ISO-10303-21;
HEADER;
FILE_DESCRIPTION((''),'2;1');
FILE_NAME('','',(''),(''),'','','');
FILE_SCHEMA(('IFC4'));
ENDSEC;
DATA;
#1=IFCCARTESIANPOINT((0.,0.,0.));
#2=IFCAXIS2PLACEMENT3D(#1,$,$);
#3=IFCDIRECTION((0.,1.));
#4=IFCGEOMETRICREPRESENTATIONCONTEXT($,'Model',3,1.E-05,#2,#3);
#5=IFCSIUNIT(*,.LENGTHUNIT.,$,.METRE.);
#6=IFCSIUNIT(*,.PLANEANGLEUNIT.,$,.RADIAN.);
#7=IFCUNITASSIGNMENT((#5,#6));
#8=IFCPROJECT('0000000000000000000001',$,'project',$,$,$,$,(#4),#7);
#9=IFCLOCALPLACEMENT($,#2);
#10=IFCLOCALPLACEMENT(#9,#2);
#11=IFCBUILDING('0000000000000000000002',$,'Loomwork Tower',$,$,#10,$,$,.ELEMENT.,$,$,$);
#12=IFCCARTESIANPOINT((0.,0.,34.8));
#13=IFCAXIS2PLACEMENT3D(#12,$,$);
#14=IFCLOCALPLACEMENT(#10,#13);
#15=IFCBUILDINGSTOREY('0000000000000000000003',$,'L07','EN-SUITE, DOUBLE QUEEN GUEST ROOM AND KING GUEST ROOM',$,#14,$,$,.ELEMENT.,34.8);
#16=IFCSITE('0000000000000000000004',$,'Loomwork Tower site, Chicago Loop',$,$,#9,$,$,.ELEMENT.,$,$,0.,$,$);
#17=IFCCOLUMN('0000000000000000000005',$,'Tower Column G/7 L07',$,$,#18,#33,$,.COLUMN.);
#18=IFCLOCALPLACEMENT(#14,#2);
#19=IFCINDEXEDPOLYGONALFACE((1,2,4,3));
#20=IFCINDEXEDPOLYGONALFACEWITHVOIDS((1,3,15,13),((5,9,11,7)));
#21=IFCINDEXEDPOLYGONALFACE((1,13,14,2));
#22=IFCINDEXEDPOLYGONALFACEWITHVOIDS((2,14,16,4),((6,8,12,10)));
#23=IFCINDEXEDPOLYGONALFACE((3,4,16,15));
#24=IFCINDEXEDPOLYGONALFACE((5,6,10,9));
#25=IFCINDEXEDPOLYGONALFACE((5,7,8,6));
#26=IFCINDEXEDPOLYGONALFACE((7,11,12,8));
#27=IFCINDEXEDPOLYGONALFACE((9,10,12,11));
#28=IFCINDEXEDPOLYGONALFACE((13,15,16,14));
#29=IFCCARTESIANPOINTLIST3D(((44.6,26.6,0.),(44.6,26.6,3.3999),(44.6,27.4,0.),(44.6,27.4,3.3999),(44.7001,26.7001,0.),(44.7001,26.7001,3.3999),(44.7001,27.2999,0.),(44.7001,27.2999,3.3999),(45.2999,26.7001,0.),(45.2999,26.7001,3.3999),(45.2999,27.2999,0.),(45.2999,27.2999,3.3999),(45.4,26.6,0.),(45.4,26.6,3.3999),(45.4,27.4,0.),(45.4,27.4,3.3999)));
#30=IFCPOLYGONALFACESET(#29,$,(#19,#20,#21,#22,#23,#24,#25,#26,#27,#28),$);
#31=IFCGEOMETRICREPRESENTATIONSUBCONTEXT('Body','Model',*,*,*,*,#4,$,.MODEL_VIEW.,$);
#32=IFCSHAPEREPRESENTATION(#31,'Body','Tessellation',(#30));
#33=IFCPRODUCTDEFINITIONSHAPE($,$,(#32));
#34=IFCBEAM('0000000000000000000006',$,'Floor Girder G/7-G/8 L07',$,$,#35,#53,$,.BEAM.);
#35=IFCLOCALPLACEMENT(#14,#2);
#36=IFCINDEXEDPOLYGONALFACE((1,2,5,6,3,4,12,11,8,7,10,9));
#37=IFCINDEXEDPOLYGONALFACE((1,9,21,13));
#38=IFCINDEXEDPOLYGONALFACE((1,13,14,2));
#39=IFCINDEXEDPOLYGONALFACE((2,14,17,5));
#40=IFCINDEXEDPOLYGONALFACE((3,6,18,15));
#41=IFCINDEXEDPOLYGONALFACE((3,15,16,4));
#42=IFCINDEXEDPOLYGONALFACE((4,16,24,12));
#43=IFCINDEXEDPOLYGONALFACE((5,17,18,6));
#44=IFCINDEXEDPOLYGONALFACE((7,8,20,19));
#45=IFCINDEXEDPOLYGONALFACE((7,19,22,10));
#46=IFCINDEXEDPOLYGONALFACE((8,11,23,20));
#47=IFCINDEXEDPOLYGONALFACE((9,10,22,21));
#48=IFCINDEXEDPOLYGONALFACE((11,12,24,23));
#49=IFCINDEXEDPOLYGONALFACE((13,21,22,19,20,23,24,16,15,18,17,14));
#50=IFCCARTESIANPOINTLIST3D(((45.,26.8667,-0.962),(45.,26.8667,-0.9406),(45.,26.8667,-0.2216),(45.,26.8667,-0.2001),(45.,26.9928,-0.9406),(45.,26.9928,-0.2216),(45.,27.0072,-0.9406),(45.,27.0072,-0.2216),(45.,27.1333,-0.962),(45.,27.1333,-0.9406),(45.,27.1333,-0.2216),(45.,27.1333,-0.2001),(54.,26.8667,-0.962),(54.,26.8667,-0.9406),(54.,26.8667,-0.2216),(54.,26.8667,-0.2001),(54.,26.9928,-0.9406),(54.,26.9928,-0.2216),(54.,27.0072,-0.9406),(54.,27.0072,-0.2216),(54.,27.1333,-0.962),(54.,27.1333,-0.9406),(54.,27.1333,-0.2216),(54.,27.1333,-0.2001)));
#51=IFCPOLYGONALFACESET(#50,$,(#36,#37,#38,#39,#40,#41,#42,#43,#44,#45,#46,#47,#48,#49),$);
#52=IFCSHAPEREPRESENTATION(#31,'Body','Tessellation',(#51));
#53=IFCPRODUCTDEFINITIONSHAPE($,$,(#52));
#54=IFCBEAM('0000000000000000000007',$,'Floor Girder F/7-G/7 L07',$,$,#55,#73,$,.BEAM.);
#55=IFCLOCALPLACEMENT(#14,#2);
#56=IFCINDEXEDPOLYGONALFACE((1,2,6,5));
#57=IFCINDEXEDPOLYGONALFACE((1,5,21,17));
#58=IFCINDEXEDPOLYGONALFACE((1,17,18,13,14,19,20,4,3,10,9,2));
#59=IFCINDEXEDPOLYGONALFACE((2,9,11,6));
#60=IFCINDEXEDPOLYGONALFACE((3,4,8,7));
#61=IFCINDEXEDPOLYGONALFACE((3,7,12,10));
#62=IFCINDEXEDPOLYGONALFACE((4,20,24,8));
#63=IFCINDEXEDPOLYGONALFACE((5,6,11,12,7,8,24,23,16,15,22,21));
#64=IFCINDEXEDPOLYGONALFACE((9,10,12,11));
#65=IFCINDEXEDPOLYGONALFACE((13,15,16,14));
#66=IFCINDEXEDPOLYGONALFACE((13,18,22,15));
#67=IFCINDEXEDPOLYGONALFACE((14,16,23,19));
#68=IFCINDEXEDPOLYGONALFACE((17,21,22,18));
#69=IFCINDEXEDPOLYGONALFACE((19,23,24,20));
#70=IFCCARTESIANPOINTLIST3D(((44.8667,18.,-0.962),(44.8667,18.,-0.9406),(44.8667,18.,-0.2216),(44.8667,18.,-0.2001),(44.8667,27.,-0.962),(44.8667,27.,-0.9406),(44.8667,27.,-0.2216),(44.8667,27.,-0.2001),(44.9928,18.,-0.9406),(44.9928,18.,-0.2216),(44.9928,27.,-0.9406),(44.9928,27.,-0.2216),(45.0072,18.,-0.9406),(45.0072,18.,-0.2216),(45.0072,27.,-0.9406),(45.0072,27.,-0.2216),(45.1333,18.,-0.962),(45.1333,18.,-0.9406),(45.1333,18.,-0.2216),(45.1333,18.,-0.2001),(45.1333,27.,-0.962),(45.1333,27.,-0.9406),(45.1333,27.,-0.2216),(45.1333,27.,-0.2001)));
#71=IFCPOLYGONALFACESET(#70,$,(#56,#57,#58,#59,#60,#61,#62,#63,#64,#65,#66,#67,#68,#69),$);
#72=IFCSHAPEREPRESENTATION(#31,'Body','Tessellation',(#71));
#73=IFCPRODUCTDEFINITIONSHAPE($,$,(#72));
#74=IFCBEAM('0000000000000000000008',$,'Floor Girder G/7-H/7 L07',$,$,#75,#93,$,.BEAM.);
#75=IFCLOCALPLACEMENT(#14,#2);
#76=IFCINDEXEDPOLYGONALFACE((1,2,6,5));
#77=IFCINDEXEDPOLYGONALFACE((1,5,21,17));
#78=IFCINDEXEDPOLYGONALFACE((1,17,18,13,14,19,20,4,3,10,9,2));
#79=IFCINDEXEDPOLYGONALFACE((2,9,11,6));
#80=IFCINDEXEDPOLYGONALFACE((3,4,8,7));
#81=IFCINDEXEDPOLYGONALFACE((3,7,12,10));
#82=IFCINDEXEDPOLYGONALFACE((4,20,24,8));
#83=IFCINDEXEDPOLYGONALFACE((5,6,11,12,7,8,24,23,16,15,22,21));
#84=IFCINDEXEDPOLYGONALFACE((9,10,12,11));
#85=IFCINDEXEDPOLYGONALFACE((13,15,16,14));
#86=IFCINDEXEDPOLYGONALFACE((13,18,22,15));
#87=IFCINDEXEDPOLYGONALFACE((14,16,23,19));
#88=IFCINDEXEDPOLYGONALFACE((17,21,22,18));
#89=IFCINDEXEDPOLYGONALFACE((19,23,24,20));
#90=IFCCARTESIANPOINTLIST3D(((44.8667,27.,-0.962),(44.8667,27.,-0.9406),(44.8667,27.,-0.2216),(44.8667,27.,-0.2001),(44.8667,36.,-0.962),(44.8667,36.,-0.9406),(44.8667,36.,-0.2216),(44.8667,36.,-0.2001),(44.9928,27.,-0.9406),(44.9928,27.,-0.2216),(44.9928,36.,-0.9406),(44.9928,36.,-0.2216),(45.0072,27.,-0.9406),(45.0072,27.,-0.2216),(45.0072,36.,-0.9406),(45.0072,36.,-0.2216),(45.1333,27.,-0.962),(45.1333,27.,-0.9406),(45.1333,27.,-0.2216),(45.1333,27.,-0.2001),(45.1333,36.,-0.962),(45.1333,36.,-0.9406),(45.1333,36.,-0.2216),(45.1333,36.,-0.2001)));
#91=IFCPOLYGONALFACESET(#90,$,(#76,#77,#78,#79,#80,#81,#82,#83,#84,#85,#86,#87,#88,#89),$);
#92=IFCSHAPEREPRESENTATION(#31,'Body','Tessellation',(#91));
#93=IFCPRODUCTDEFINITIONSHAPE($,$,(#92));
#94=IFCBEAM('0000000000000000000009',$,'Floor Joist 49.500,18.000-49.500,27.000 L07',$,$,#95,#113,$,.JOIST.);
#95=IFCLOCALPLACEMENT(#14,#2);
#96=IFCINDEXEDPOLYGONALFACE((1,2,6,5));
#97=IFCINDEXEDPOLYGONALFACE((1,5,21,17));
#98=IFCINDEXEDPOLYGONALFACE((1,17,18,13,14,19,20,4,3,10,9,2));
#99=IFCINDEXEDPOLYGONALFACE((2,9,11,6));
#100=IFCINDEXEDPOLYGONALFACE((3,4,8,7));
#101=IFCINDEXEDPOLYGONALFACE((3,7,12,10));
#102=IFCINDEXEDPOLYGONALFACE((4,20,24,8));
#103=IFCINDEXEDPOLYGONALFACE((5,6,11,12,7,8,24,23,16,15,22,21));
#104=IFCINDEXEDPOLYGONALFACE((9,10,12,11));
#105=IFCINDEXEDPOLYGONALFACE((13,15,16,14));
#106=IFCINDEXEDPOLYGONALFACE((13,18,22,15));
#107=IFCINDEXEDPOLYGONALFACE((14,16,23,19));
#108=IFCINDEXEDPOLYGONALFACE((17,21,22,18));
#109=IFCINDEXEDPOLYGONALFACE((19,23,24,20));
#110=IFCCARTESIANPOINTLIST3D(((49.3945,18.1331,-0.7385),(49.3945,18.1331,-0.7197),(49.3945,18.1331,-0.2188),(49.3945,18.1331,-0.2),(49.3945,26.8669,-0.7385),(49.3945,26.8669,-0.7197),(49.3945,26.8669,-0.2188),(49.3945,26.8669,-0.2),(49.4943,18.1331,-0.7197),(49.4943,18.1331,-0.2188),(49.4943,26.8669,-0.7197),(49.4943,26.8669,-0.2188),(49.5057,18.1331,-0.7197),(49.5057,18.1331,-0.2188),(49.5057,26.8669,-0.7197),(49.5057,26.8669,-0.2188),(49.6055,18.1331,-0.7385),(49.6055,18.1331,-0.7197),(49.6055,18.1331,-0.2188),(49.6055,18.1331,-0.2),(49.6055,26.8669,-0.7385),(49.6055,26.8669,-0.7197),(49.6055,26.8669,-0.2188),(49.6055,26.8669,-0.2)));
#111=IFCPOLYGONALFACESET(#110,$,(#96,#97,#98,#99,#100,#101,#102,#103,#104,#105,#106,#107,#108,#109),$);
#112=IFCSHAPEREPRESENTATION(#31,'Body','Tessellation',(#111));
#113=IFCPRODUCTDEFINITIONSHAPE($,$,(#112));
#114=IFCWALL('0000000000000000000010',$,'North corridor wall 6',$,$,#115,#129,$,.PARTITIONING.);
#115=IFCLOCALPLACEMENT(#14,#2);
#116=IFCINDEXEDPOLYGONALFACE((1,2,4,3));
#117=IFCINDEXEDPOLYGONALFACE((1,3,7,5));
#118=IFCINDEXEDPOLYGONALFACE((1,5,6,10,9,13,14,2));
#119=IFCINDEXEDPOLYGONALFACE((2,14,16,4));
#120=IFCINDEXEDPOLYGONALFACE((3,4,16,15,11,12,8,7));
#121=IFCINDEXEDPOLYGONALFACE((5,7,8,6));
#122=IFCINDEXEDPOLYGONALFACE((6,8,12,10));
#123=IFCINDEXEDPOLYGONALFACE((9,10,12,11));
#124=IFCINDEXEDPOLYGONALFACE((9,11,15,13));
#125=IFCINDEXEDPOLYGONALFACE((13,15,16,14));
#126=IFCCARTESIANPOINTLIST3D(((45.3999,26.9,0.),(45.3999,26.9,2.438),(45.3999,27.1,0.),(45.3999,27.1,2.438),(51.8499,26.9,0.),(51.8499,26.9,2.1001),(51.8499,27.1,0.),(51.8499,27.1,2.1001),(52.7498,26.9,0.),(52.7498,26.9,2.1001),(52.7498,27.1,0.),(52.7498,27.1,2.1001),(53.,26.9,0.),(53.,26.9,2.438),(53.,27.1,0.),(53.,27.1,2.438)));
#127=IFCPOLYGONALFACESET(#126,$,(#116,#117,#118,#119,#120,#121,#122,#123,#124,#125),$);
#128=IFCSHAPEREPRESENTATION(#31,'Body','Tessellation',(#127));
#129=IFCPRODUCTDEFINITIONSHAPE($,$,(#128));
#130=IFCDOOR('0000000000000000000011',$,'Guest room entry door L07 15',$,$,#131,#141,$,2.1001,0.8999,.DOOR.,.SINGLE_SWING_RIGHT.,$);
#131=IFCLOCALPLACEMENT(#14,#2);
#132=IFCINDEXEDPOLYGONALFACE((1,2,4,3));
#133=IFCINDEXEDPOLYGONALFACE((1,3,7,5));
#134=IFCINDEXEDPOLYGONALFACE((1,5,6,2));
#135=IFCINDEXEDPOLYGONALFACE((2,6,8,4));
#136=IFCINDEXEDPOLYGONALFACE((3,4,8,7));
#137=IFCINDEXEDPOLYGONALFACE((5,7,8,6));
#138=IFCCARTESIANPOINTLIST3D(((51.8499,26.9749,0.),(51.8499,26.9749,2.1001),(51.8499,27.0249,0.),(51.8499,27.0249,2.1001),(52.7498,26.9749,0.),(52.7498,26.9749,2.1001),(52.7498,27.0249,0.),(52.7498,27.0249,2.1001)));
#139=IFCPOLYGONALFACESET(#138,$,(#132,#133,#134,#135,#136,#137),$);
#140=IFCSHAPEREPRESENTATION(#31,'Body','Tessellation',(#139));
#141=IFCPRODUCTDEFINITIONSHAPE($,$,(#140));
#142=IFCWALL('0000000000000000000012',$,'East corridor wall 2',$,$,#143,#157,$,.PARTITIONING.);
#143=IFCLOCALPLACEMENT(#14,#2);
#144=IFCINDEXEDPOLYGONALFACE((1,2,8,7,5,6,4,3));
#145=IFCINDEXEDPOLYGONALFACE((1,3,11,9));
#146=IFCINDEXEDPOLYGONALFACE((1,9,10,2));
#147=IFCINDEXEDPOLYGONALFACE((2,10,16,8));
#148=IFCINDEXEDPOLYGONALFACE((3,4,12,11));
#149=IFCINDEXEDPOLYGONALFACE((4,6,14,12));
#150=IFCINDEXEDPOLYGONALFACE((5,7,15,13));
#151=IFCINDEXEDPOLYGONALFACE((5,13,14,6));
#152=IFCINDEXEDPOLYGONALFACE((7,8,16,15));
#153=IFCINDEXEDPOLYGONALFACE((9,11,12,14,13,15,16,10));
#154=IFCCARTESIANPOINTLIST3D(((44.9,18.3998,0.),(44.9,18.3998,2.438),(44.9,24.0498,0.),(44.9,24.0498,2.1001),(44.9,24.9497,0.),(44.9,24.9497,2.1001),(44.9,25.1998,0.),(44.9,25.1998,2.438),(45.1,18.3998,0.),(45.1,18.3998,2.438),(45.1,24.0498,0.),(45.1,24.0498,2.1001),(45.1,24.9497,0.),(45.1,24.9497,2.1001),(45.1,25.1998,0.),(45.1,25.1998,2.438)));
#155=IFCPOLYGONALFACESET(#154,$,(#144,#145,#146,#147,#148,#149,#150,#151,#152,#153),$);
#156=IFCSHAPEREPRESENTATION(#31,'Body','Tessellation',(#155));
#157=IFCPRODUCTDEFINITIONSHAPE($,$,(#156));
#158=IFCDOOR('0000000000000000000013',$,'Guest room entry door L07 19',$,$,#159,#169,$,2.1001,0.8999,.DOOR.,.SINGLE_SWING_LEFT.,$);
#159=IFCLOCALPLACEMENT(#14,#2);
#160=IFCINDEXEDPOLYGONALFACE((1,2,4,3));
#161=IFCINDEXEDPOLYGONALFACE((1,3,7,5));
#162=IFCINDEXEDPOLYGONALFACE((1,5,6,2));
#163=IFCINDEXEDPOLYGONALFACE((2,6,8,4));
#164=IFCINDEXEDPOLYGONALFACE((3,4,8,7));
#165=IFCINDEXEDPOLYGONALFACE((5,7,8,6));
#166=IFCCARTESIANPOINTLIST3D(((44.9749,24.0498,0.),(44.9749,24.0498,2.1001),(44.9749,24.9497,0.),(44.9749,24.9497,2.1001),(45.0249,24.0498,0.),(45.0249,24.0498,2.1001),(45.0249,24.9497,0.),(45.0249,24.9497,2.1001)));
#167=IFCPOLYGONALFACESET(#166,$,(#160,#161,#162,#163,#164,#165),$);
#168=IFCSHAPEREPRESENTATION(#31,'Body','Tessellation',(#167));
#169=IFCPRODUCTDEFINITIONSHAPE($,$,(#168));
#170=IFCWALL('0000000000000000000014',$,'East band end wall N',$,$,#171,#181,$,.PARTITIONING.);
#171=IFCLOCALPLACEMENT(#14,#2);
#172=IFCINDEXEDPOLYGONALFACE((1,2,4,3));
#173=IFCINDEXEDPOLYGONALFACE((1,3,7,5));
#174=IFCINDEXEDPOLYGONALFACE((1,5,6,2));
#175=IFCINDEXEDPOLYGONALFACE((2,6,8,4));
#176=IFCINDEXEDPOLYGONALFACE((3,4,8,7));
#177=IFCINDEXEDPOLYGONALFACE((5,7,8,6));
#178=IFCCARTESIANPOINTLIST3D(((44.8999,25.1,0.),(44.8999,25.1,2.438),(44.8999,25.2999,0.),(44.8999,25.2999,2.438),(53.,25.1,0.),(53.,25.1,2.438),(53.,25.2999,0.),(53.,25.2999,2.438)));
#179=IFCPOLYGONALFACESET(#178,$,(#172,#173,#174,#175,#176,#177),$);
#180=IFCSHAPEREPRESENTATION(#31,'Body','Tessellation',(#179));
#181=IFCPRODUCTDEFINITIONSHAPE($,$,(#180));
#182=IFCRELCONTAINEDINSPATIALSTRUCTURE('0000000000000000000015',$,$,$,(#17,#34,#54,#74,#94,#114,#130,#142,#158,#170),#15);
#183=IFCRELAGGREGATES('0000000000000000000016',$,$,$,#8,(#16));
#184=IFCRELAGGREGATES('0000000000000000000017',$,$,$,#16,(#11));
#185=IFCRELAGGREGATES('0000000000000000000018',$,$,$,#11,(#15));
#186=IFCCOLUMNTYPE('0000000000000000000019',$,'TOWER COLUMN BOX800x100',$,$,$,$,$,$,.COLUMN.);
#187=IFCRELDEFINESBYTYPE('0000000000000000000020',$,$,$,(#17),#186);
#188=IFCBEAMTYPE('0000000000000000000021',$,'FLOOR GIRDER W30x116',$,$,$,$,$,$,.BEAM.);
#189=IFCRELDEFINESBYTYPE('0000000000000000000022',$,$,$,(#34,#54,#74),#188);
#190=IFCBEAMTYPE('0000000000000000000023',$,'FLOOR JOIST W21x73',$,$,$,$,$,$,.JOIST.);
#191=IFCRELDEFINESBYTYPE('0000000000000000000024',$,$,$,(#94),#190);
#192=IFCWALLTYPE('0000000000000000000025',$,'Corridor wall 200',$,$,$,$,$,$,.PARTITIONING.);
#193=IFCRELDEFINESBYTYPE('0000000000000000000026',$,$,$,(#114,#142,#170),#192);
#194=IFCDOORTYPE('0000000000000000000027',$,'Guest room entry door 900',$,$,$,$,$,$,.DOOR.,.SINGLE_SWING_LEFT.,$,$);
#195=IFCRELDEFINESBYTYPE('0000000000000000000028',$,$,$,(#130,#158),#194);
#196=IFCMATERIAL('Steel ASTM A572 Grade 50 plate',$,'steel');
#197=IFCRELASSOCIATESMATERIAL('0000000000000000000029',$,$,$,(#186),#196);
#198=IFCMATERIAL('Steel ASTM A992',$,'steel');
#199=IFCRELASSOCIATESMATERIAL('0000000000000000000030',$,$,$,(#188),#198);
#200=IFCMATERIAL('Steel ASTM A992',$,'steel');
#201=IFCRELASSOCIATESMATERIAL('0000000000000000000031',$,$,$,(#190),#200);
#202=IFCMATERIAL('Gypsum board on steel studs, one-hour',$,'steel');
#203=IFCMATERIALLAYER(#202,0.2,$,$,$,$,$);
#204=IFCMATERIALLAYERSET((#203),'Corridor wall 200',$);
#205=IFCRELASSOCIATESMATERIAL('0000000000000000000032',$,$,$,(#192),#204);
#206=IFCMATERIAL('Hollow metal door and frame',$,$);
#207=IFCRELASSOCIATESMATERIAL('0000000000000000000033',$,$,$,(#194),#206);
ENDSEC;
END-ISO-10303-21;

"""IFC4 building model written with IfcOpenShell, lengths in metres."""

from ifc_helpers import new_model, si_unit, direction, frame, frame_2d, origin, origin_2d, place, context, subcontext, project, spatial, rectangle, hollow_rectangle, i_section, extrude, material, layer, layer_set, material_profile, profile_set, type_object, element, fill, save


model = new_model("IFC4")

# Units and contexts
model_context = context("Model", 3, precision=1e-05, world=origin(), true_north=direction((0.0, 1.0)))
body_context = subcontext(model_context, "Body", "Model", "MODEL_VIEW")
ifc_project = project(units=[si_unit("LENGTHUNIT", "METRE"), si_unit("PLANEANGLEUNIT", "RADIAN")], contexts=[model_context])

# Site, building, storey
site_placement = place(None, origin())
site = spatial("IfcSite", under=ifc_project, at=site_placement, Name="Loomwork Tower site, Chicago Loop", CompositionType="ELEMENT", RefElevation=0.0)
building_placement = place(site_placement, origin())
building = spatial("IfcBuilding", under=site, at=building_placement, Name="Loomwork Tower", CompositionType="ELEMENT")
storey_placement = place(building_placement, frame((0.0, 0.0, 34.8)))
storey = spatial("IfcBuildingStorey", under=building, at=storey_placement, Name="L07", Description="EN-SUITE, DOUBLE QUEEN GUEST ROOM AND KING GUEST ROOM", CompositionType="ELEMENT", Elevation=34.8)

# Column
ifc_material_1 = material(Name="Steel ASTM A572 Grade 50 plate", Category="steel")
ifc_material_profile_1 = material_profile(ifc_material_1, hollow_rectangle(XDim=0.8, YDim=0.8, WallThickness=0.1001, at=origin_2d()), Name="BOX800x100")
ifc_profile_set_1 = profile_set([ifc_material_profile_1], Name="Steel ASTM A572 Grade 50 plate")
column_type = type_object("IfcColumnType", Name="TOWER COLUMN BOX800x100", PredefinedType="COLUMN", material=ifc_profile_set_1)
column_placement = place(storey_placement, frame((45.0, 27.0, 0.0), z_axis=(0.0, 0.0, 1.0), x_axis=(0.0, 1.0, 0.0)))
element("IfcColumn", 1, at=column_placement, inside=storey, type_object=column_type, Name="Tower Column G/7 L07", PredefinedType="COLUMN", context=body_context, shape_type="SweptSolid", body=[
    extrude(hollow_rectangle(XDim=0.8, YDim=0.8, WallThickness=0.1001, at=origin_2d()), origin(), (0.0, 0.0, 1.0), 3.3999),
])

# Beams
ifc_material_2 = material(Name="Steel ASTM A992", Category="steel")
ifc_material_profile_2 = material_profile(ifc_material_2, i_section(OverallWidth=0.2666, OverallDepth=0.762, WebThickness=0.0144, FlangeThickness=0.0215, at=origin_2d()), Name="W30x116")
ifc_profile_set_2 = profile_set([ifc_material_profile_2], Name="Steel ASTM A992")
beam_type_1 = type_object("IfcBeamType", Name="FLOOR GIRDER W30x116", PredefinedType="BEAM", material=ifc_profile_set_2)
for number, where, z_axis, x_axis, name in (
    (2, (45.0, 27.0, -0.5811), (1.0, 0.0, 0.0), (0.0, 1.0, 0.0), "Floor Girder G/7-G/8 L07"),
    (3, (45.0, 18.0, -0.5811), (0.0, 1.0, 0.0), (-1.0, 0.0, 0.0), "Floor Girder F/7-G/7 L07"),
    (4, (45.0, 27.0, -0.5811), (0.0, 1.0, 0.0), (-1.0, 0.0, 0.0), "Floor Girder G/7-H/7 L07"),
):
    element("IfcBeam", number, at=place(storey_placement, frame(where, z_axis=z_axis, x_axis=x_axis)), inside=storey, type_object=beam_type_1, Name=name, PredefinedType="BEAM", context=body_context, shape_type="SweptSolid", body=[
        extrude(i_section(OverallWidth=0.2666, OverallDepth=0.762, WebThickness=0.0144, FlangeThickness=0.0215, at=origin_2d()), origin(), (0.0, 0.0, 1.0), 9.0),
    ])
ifc_material_3 = material(Name="Steel ASTM A992", Category="steel")
ifc_material_profile_3 = material_profile(ifc_material_3, i_section(OverallWidth=0.2109, OverallDepth=0.5386, WebThickness=0.0115, FlangeThickness=0.0188, at=origin_2d()), Name="W21x73")
ifc_profile_set_3 = profile_set([ifc_material_profile_3], Name="Steel ASTM A992")
beam_type_2 = type_object("IfcBeamType", Name="FLOOR JOIST W21x73", PredefinedType="JOIST", material=ifc_profile_set_3)
beam_placement = place(storey_placement, frame((49.5, 18.1331, -0.4692), z_axis=(0.0, 1.0, 0.0), x_axis=(-1.0, 0.0, 0.0)))
element("IfcBeam", 5, at=beam_placement, inside=storey, type_object=beam_type_2, Name="Floor Joist 49.500,18.000-49.500,27.000 L07", PredefinedType="JOIST", context=body_context, shape_type="SweptSolid", body=[
    extrude(i_section(OverallWidth=0.2109, OverallDepth=0.5386, WebThickness=0.0115, FlangeThickness=0.0188, at=origin_2d()), origin(), (0.0, 0.0, 1.0), 8.7339),
])

# Walls, openings, doors
ifc_material_4 = material(Name="Gypsum board on steel studs, one-hour", Category="steel")
ifc_layer_1 = layer(ifc_material_4, 0.2)
ifc_layer_set_1 = layer_set([ifc_layer_1], Name="Corridor wall 200")
wall_type_1 = type_object("IfcWallType", Name="Corridor wall 200", PredefinedType="PARTITIONING", material=ifc_layer_set_1)
wall_1_placement = place(storey_placement, frame((45.3999, 27.0, 0.0), z_axis=(0.0, 0.0, 1.0), x_axis=(1.0, 0.0, 0.0)))
wall_1 = element("IfcWall", 6, at=wall_1_placement, inside=storey, type_object=wall_type_1, Name="North corridor wall 6", PredefinedType="PARTITIONING", context=body_context, shape_type="SweptSolid", body=[
    extrude(rectangle(XDim=7.6001, YDim=0.2, at=frame_2d((3.8, 0.0))), origin(), (0.0, 0.0, 1.0), 2.438),
])
opening_1_placement = place(wall_1_placement, frame((6.45, 0.0, 0.0)))
opening_1 = element("IfcOpeningElement", 7, at=opening_1_placement, cuts=wall_1, PredefinedType="OPENING", context=body_context, shape_type="SweptSolid", body=[
    extrude(rectangle(XDim=0.8999, YDim=2.1001, at=frame_2d((0.45, 1.05))), frame((0.0, 0.1099, 0.0), z_axis=(0.0, -1.0, 0.0), x_axis=(1.0, 0.0, 0.0)), (0.0, 0.0, 1.0), 0.22),
])
ifc_material_5 = material(Name="Hollow metal door and frame")
door_type_1 = type_object("IfcDoorType", Name="Guest room entry door 900", OperationType="SINGLE_SWING_LEFT", PredefinedType="DOOR", material=ifc_material_5)
door_1_placement = place(opening_1_placement, origin())
door_1 = element("IfcDoor", 8, at=door_1_placement, inside=storey, type_object=door_type_1, Name="Guest room entry door L07 15", OperationType="SINGLE_SWING_RIGHT", OverallHeight=2.1001, OverallWidth=0.8999, PredefinedType="DOOR", context=body_context, shape_type="SweptSolid", body=[
    extrude(rectangle(XDim=0.8999, YDim=2.1001, at=frame_2d((0.45, 1.05))), frame((0.0, 0.0249, 0.0), z_axis=(0.0, -1.0, 0.0), x_axis=(1.0, 0.0, 0.0)), (0.0, 0.0, 1.0), 0.05),
])
fill(opening_1, door_1)
wall_2_placement = place(storey_placement, frame((45.0, 18.3999, 0.0), z_axis=(0.0, 0.0, 1.0), x_axis=(0.0, 1.0, 0.0)))
wall_2 = element("IfcWall", 9, at=wall_2_placement, inside=storey, type_object=wall_type_1, Name="East corridor wall 2", PredefinedType="PARTITIONING", context=body_context, shape_type="SweptSolid", body=[
    extrude(rectangle(XDim=6.8, YDim=0.2, at=frame_2d((3.3999, 0.0))), origin(), (0.0, 0.0, 1.0), 2.438),
])
opening_2_placement = place(wall_2_placement, frame((5.6499, 0.0, 0.0)))
opening_2 = element("IfcOpeningElement", 10, at=opening_2_placement, cuts=wall_2, PredefinedType="OPENING", context=body_context, shape_type="SweptSolid", body=[
    extrude(rectangle(XDim=0.8999, YDim=2.1001, at=frame_2d((0.45, 1.05))), frame((0.0, 0.1099, 0.0), z_axis=(0.0, -1.0, 0.0), x_axis=(1.0, 0.0, 0.0)), (0.0, 0.0, 1.0), 0.22),
])
door_2_placement = place(opening_2_placement, frame((0.8999, 0.0, 0.0), z_axis=(0.0, 0.0, 1.0), x_axis=(-1.0, 0.0, 0.0)))
door_2 = element("IfcDoor", 11, at=door_2_placement, inside=storey, type_object=door_type_1, Name="Guest room entry door L07 19", OperationType="SINGLE_SWING_LEFT", OverallHeight=2.1001, OverallWidth=0.8999, PredefinedType="DOOR", context=body_context, shape_type="SweptSolid", body=[
    extrude(rectangle(XDim=0.8999, YDim=2.1001, at=frame_2d((0.45, 1.05))), frame((0.0, 0.0249, 0.0), z_axis=(0.0, -1.0, 0.0), x_axis=(1.0, 0.0, 0.0)), (0.0, 0.0, 1.0), 0.05),
])
fill(opening_2, door_2)

# Wall
wall_3_placement = place(storey_placement, frame((44.8999, 25.2, 0.0), z_axis=(0.0, 0.0, 1.0), x_axis=(1.0, 0.0, 0.0)))
element("IfcWall", 12, at=wall_3_placement, inside=storey, type_object=wall_type_1, Name="East band end wall N", PredefinedType="PARTITIONING", context=body_context, shape_type="SweptSolid", body=[
    extrude(rectangle(XDim=8.1001, YDim=0.2, at=frame_2d((4.05, 0.0))), origin(), (0.0, 0.0, 1.0), 2.438),
])

save(model, "model.ifc")
